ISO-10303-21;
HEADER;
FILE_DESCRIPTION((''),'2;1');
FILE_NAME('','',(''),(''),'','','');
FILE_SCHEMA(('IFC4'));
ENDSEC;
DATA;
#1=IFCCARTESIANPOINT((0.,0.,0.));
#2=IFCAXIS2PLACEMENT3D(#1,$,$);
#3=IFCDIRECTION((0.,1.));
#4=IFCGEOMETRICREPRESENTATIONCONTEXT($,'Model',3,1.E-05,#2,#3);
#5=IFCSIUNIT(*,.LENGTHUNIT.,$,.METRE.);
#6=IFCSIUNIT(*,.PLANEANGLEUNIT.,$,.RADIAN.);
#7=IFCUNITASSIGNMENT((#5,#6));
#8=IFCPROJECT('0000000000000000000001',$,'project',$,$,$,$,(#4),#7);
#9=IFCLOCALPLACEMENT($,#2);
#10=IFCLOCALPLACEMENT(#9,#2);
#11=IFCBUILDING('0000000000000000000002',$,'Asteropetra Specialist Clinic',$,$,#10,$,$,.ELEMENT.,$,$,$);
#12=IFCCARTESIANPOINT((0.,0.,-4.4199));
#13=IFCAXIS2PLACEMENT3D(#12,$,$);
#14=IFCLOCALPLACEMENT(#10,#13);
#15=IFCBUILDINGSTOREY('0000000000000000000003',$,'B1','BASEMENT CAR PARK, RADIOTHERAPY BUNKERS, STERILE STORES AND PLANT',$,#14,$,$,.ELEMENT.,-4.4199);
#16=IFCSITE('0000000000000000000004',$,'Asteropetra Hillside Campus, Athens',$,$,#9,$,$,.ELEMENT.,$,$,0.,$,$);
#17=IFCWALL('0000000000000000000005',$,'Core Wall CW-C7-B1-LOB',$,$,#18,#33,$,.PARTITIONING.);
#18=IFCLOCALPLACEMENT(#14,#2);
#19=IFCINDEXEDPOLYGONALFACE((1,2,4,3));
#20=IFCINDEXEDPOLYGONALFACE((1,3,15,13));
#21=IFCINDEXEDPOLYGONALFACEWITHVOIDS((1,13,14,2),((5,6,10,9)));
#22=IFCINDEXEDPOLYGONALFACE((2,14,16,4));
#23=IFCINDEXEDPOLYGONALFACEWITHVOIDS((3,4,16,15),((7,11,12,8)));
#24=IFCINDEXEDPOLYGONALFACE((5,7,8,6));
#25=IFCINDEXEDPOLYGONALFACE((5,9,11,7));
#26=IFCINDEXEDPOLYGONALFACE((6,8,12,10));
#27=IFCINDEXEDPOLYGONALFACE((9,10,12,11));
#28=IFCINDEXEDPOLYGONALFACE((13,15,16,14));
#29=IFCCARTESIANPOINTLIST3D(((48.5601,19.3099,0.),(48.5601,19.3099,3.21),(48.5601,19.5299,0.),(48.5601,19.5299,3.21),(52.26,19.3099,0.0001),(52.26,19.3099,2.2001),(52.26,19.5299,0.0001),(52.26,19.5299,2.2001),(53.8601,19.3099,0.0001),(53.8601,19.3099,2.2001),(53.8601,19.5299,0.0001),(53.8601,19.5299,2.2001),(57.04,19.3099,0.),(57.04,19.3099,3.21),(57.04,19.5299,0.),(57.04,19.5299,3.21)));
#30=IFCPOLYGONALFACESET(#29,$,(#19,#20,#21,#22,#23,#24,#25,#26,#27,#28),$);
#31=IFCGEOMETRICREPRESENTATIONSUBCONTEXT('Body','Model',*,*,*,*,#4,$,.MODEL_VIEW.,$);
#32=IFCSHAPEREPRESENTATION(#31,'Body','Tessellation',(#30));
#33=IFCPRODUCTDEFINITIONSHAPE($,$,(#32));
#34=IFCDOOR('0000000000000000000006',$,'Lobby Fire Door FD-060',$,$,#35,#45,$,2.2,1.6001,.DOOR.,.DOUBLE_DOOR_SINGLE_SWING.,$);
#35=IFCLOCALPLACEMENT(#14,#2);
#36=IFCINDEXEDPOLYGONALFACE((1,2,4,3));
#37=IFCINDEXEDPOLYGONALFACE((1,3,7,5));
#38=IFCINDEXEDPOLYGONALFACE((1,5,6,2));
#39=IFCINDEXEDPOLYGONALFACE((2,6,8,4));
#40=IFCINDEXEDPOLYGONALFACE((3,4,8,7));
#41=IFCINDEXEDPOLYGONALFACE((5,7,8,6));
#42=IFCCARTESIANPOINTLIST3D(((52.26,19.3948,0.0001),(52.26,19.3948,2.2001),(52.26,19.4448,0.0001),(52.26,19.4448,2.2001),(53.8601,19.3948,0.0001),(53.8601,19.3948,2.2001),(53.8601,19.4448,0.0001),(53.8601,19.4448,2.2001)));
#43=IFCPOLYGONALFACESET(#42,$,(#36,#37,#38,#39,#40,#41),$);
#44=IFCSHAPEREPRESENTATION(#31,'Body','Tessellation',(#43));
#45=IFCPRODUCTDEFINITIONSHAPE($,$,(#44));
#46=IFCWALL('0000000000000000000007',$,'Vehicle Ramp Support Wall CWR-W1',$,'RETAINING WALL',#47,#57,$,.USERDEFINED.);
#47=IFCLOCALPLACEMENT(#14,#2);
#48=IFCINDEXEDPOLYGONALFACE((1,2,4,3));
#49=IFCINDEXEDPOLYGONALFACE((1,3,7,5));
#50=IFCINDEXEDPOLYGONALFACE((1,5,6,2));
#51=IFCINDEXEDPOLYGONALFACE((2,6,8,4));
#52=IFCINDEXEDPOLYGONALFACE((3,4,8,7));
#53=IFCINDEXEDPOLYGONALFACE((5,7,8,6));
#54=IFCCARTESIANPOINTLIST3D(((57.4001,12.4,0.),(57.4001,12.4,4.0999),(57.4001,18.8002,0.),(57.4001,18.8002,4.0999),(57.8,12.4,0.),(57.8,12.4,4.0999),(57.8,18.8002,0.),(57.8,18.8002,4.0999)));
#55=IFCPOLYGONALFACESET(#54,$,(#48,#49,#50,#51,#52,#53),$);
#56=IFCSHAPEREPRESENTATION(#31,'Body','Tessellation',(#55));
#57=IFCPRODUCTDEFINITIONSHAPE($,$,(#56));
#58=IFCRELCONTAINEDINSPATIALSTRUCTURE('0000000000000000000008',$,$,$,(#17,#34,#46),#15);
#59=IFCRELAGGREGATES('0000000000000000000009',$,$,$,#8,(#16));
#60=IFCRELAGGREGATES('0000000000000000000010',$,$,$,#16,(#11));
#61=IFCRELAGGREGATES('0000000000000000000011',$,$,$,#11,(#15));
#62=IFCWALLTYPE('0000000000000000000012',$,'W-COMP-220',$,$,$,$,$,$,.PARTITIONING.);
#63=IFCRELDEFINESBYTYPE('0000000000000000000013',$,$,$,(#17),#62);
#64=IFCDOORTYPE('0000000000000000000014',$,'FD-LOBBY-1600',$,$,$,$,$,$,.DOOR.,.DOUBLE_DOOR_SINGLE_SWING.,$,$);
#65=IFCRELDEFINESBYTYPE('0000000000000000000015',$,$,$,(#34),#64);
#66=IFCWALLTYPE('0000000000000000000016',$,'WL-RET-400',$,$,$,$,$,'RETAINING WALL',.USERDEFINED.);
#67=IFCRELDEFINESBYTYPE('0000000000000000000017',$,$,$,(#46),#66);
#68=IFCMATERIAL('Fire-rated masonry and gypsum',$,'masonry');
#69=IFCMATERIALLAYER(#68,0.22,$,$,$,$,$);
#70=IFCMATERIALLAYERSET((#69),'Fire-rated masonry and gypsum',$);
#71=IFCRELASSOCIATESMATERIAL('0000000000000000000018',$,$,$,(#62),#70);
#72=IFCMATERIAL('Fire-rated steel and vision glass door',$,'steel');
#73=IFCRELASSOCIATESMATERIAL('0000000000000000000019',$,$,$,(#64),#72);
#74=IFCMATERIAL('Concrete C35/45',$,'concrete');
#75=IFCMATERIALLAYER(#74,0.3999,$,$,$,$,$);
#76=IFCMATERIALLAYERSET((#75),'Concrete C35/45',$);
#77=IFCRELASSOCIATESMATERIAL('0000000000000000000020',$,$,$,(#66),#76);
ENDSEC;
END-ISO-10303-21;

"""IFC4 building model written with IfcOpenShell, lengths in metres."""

from ifc_helpers import new_model, si_unit, direction, frame, frame_2d, origin, place, context, subcontext, project, spatial, rectangle, extrude, material, layer, layer_set, type_object, element, fill, save


model = new_model("IFC4")

# Units and contexts
model_context = context("Model", 3, precision=1e-05, world=origin(), true_north=direction((0.0, 1.0)))
body_context = subcontext(model_context, "Body", "Model", "MODEL_VIEW")
ifc_project = project(units=[si_unit("LENGTHUNIT", "METRE"), si_unit("PLANEANGLEUNIT", "RADIAN")], contexts=[model_context])

# Site, building, storey
site_placement = place(None, origin())
site = spatial("IfcSite", under=ifc_project, at=site_placement, Name="Asteropetra Hillside Campus, Athens", CompositionType="ELEMENT", RefElevation=0.0)
building_placement = place(site_placement, origin())
building = spatial("IfcBuilding", under=site, at=building_placement, Name="Asteropetra Specialist Clinic", CompositionType="ELEMENT")
storey_placement = place(building_placement, frame((0.0, 0.0, -4.4199)))
storey = spatial("IfcBuildingStorey", under=building, at=storey_placement, Name="B1", Description="BASEMENT CAR PARK, RADIOTHERAPY BUNKERS, STERILE STORES AND PLANT", CompositionType="ELEMENT", Elevation=-4.4199)

# Wall, opening, door
ifc_material_1 = material(Name="Fire-rated masonry and gypsum", Category="masonry")
ifc_layer_1 = layer(ifc_material_1, 0.22)
ifc_layer_set_1 = layer_set([ifc_layer_1], Name="Fire-rated masonry and gypsum")
wall_type_1 = type_object("IfcWallType", Name="W-COMP-220", PredefinedType="PARTITIONING", material=ifc_layer_set_1)
wall_1_placement = place(storey_placement, frame((48.5601, 19.4199, 0.0), z_axis=(0.0, 0.0, 1.0), x_axis=(1.0, 0.0, 0.0)))
wall_1 = element("IfcWall", 1, at=wall_1_placement, inside=storey, type_object=wall_type_1, Name="Core Wall CW-C7-B1-LOB", PredefinedType="PARTITIONING", context=body_context, shape_type="SweptSolid", body=[
    extrude(rectangle(XDim=8.48, YDim=0.22, at=frame_2d((4.24, 0.0))), origin(), (0.0, 0.0, 1.0), 3.21),
])
opening_placement = place(wall_1_placement, frame((3.7, 0.0, 0.0)))
opening = element("IfcOpeningElement", 2, at=opening_placement, cuts=wall_1, PredefinedType="OPENING", context=body_context, shape_type="SweptSolid", body=[
    extrude(rectangle(XDim=1.6001, YDim=2.2, at=frame_2d((0.8, 1.1001))), frame((0.0, 0.1199, 0.0), z_axis=(0.0, -1.0, 0.0), x_axis=(1.0, 0.0, 0.0)), (0.0, 0.0, 1.0), 0.24),
])
ifc_material_2 = material(Name="Fire-rated steel and vision glass door", Category="steel")
door_type = type_object("IfcDoorType", Name="FD-LOBBY-1600", OperationType="DOUBLE_DOOR_SINGLE_SWING", PredefinedType="DOOR", material=ifc_material_2)
door_placement = place(opening_placement, origin())
door = element("IfcDoor", 3, at=door_placement, inside=storey, type_object=door_type, Name="Lobby Fire Door FD-060", OperationType="DOUBLE_DOOR_SINGLE_SWING", OverallHeight=2.2, OverallWidth=1.6001, PredefinedType="DOOR", context=body_context, shape_type="SweptSolid", body=[
    extrude(rectangle(XDim=1.6001, YDim=2.2, at=frame_2d((0.8, 1.1001))), frame((0.0, 0.0249, 0.0), z_axis=(0.0, -1.0, 0.0), x_axis=(1.0, 0.0, 0.0)), (0.0, 0.0, 1.0), 0.05),
])
fill(opening, door)

# Wall
ifc_material_3 = material(Name="Concrete C35/45", Category="concrete")
ifc_layer_2 = layer(ifc_material_3, 0.3999)
ifc_layer_set_2 = layer_set([ifc_layer_2], Name="Concrete C35/45")
wall_type_2 = type_object("IfcWallType", Name="WL-RET-400", ElementType="RETAINING WALL", PredefinedType="USERDEFINED", material=ifc_layer_set_2)
wall_2_placement = place(storey_placement, frame((57.6001, 12.3999, 0.0), z_axis=(0.0, 0.0, 1.0), x_axis=(0.0, 1.0, 0.0)))
element("IfcWall", 4, at=wall_2_placement, inside=storey, type_object=wall_type_2, Name="Vehicle Ramp Support Wall CWR-W1", ObjectType="RETAINING WALL", PredefinedType="USERDEFINED", context=body_context, shape_type="SweptSolid", body=[
    extrude(rectangle(XDim=6.4001, YDim=0.3999, at=frame_2d((3.2002, 0.0))), origin(), (0.0, 0.0, 1.0), 4.0999),
])

save(model, "model.ifc")
